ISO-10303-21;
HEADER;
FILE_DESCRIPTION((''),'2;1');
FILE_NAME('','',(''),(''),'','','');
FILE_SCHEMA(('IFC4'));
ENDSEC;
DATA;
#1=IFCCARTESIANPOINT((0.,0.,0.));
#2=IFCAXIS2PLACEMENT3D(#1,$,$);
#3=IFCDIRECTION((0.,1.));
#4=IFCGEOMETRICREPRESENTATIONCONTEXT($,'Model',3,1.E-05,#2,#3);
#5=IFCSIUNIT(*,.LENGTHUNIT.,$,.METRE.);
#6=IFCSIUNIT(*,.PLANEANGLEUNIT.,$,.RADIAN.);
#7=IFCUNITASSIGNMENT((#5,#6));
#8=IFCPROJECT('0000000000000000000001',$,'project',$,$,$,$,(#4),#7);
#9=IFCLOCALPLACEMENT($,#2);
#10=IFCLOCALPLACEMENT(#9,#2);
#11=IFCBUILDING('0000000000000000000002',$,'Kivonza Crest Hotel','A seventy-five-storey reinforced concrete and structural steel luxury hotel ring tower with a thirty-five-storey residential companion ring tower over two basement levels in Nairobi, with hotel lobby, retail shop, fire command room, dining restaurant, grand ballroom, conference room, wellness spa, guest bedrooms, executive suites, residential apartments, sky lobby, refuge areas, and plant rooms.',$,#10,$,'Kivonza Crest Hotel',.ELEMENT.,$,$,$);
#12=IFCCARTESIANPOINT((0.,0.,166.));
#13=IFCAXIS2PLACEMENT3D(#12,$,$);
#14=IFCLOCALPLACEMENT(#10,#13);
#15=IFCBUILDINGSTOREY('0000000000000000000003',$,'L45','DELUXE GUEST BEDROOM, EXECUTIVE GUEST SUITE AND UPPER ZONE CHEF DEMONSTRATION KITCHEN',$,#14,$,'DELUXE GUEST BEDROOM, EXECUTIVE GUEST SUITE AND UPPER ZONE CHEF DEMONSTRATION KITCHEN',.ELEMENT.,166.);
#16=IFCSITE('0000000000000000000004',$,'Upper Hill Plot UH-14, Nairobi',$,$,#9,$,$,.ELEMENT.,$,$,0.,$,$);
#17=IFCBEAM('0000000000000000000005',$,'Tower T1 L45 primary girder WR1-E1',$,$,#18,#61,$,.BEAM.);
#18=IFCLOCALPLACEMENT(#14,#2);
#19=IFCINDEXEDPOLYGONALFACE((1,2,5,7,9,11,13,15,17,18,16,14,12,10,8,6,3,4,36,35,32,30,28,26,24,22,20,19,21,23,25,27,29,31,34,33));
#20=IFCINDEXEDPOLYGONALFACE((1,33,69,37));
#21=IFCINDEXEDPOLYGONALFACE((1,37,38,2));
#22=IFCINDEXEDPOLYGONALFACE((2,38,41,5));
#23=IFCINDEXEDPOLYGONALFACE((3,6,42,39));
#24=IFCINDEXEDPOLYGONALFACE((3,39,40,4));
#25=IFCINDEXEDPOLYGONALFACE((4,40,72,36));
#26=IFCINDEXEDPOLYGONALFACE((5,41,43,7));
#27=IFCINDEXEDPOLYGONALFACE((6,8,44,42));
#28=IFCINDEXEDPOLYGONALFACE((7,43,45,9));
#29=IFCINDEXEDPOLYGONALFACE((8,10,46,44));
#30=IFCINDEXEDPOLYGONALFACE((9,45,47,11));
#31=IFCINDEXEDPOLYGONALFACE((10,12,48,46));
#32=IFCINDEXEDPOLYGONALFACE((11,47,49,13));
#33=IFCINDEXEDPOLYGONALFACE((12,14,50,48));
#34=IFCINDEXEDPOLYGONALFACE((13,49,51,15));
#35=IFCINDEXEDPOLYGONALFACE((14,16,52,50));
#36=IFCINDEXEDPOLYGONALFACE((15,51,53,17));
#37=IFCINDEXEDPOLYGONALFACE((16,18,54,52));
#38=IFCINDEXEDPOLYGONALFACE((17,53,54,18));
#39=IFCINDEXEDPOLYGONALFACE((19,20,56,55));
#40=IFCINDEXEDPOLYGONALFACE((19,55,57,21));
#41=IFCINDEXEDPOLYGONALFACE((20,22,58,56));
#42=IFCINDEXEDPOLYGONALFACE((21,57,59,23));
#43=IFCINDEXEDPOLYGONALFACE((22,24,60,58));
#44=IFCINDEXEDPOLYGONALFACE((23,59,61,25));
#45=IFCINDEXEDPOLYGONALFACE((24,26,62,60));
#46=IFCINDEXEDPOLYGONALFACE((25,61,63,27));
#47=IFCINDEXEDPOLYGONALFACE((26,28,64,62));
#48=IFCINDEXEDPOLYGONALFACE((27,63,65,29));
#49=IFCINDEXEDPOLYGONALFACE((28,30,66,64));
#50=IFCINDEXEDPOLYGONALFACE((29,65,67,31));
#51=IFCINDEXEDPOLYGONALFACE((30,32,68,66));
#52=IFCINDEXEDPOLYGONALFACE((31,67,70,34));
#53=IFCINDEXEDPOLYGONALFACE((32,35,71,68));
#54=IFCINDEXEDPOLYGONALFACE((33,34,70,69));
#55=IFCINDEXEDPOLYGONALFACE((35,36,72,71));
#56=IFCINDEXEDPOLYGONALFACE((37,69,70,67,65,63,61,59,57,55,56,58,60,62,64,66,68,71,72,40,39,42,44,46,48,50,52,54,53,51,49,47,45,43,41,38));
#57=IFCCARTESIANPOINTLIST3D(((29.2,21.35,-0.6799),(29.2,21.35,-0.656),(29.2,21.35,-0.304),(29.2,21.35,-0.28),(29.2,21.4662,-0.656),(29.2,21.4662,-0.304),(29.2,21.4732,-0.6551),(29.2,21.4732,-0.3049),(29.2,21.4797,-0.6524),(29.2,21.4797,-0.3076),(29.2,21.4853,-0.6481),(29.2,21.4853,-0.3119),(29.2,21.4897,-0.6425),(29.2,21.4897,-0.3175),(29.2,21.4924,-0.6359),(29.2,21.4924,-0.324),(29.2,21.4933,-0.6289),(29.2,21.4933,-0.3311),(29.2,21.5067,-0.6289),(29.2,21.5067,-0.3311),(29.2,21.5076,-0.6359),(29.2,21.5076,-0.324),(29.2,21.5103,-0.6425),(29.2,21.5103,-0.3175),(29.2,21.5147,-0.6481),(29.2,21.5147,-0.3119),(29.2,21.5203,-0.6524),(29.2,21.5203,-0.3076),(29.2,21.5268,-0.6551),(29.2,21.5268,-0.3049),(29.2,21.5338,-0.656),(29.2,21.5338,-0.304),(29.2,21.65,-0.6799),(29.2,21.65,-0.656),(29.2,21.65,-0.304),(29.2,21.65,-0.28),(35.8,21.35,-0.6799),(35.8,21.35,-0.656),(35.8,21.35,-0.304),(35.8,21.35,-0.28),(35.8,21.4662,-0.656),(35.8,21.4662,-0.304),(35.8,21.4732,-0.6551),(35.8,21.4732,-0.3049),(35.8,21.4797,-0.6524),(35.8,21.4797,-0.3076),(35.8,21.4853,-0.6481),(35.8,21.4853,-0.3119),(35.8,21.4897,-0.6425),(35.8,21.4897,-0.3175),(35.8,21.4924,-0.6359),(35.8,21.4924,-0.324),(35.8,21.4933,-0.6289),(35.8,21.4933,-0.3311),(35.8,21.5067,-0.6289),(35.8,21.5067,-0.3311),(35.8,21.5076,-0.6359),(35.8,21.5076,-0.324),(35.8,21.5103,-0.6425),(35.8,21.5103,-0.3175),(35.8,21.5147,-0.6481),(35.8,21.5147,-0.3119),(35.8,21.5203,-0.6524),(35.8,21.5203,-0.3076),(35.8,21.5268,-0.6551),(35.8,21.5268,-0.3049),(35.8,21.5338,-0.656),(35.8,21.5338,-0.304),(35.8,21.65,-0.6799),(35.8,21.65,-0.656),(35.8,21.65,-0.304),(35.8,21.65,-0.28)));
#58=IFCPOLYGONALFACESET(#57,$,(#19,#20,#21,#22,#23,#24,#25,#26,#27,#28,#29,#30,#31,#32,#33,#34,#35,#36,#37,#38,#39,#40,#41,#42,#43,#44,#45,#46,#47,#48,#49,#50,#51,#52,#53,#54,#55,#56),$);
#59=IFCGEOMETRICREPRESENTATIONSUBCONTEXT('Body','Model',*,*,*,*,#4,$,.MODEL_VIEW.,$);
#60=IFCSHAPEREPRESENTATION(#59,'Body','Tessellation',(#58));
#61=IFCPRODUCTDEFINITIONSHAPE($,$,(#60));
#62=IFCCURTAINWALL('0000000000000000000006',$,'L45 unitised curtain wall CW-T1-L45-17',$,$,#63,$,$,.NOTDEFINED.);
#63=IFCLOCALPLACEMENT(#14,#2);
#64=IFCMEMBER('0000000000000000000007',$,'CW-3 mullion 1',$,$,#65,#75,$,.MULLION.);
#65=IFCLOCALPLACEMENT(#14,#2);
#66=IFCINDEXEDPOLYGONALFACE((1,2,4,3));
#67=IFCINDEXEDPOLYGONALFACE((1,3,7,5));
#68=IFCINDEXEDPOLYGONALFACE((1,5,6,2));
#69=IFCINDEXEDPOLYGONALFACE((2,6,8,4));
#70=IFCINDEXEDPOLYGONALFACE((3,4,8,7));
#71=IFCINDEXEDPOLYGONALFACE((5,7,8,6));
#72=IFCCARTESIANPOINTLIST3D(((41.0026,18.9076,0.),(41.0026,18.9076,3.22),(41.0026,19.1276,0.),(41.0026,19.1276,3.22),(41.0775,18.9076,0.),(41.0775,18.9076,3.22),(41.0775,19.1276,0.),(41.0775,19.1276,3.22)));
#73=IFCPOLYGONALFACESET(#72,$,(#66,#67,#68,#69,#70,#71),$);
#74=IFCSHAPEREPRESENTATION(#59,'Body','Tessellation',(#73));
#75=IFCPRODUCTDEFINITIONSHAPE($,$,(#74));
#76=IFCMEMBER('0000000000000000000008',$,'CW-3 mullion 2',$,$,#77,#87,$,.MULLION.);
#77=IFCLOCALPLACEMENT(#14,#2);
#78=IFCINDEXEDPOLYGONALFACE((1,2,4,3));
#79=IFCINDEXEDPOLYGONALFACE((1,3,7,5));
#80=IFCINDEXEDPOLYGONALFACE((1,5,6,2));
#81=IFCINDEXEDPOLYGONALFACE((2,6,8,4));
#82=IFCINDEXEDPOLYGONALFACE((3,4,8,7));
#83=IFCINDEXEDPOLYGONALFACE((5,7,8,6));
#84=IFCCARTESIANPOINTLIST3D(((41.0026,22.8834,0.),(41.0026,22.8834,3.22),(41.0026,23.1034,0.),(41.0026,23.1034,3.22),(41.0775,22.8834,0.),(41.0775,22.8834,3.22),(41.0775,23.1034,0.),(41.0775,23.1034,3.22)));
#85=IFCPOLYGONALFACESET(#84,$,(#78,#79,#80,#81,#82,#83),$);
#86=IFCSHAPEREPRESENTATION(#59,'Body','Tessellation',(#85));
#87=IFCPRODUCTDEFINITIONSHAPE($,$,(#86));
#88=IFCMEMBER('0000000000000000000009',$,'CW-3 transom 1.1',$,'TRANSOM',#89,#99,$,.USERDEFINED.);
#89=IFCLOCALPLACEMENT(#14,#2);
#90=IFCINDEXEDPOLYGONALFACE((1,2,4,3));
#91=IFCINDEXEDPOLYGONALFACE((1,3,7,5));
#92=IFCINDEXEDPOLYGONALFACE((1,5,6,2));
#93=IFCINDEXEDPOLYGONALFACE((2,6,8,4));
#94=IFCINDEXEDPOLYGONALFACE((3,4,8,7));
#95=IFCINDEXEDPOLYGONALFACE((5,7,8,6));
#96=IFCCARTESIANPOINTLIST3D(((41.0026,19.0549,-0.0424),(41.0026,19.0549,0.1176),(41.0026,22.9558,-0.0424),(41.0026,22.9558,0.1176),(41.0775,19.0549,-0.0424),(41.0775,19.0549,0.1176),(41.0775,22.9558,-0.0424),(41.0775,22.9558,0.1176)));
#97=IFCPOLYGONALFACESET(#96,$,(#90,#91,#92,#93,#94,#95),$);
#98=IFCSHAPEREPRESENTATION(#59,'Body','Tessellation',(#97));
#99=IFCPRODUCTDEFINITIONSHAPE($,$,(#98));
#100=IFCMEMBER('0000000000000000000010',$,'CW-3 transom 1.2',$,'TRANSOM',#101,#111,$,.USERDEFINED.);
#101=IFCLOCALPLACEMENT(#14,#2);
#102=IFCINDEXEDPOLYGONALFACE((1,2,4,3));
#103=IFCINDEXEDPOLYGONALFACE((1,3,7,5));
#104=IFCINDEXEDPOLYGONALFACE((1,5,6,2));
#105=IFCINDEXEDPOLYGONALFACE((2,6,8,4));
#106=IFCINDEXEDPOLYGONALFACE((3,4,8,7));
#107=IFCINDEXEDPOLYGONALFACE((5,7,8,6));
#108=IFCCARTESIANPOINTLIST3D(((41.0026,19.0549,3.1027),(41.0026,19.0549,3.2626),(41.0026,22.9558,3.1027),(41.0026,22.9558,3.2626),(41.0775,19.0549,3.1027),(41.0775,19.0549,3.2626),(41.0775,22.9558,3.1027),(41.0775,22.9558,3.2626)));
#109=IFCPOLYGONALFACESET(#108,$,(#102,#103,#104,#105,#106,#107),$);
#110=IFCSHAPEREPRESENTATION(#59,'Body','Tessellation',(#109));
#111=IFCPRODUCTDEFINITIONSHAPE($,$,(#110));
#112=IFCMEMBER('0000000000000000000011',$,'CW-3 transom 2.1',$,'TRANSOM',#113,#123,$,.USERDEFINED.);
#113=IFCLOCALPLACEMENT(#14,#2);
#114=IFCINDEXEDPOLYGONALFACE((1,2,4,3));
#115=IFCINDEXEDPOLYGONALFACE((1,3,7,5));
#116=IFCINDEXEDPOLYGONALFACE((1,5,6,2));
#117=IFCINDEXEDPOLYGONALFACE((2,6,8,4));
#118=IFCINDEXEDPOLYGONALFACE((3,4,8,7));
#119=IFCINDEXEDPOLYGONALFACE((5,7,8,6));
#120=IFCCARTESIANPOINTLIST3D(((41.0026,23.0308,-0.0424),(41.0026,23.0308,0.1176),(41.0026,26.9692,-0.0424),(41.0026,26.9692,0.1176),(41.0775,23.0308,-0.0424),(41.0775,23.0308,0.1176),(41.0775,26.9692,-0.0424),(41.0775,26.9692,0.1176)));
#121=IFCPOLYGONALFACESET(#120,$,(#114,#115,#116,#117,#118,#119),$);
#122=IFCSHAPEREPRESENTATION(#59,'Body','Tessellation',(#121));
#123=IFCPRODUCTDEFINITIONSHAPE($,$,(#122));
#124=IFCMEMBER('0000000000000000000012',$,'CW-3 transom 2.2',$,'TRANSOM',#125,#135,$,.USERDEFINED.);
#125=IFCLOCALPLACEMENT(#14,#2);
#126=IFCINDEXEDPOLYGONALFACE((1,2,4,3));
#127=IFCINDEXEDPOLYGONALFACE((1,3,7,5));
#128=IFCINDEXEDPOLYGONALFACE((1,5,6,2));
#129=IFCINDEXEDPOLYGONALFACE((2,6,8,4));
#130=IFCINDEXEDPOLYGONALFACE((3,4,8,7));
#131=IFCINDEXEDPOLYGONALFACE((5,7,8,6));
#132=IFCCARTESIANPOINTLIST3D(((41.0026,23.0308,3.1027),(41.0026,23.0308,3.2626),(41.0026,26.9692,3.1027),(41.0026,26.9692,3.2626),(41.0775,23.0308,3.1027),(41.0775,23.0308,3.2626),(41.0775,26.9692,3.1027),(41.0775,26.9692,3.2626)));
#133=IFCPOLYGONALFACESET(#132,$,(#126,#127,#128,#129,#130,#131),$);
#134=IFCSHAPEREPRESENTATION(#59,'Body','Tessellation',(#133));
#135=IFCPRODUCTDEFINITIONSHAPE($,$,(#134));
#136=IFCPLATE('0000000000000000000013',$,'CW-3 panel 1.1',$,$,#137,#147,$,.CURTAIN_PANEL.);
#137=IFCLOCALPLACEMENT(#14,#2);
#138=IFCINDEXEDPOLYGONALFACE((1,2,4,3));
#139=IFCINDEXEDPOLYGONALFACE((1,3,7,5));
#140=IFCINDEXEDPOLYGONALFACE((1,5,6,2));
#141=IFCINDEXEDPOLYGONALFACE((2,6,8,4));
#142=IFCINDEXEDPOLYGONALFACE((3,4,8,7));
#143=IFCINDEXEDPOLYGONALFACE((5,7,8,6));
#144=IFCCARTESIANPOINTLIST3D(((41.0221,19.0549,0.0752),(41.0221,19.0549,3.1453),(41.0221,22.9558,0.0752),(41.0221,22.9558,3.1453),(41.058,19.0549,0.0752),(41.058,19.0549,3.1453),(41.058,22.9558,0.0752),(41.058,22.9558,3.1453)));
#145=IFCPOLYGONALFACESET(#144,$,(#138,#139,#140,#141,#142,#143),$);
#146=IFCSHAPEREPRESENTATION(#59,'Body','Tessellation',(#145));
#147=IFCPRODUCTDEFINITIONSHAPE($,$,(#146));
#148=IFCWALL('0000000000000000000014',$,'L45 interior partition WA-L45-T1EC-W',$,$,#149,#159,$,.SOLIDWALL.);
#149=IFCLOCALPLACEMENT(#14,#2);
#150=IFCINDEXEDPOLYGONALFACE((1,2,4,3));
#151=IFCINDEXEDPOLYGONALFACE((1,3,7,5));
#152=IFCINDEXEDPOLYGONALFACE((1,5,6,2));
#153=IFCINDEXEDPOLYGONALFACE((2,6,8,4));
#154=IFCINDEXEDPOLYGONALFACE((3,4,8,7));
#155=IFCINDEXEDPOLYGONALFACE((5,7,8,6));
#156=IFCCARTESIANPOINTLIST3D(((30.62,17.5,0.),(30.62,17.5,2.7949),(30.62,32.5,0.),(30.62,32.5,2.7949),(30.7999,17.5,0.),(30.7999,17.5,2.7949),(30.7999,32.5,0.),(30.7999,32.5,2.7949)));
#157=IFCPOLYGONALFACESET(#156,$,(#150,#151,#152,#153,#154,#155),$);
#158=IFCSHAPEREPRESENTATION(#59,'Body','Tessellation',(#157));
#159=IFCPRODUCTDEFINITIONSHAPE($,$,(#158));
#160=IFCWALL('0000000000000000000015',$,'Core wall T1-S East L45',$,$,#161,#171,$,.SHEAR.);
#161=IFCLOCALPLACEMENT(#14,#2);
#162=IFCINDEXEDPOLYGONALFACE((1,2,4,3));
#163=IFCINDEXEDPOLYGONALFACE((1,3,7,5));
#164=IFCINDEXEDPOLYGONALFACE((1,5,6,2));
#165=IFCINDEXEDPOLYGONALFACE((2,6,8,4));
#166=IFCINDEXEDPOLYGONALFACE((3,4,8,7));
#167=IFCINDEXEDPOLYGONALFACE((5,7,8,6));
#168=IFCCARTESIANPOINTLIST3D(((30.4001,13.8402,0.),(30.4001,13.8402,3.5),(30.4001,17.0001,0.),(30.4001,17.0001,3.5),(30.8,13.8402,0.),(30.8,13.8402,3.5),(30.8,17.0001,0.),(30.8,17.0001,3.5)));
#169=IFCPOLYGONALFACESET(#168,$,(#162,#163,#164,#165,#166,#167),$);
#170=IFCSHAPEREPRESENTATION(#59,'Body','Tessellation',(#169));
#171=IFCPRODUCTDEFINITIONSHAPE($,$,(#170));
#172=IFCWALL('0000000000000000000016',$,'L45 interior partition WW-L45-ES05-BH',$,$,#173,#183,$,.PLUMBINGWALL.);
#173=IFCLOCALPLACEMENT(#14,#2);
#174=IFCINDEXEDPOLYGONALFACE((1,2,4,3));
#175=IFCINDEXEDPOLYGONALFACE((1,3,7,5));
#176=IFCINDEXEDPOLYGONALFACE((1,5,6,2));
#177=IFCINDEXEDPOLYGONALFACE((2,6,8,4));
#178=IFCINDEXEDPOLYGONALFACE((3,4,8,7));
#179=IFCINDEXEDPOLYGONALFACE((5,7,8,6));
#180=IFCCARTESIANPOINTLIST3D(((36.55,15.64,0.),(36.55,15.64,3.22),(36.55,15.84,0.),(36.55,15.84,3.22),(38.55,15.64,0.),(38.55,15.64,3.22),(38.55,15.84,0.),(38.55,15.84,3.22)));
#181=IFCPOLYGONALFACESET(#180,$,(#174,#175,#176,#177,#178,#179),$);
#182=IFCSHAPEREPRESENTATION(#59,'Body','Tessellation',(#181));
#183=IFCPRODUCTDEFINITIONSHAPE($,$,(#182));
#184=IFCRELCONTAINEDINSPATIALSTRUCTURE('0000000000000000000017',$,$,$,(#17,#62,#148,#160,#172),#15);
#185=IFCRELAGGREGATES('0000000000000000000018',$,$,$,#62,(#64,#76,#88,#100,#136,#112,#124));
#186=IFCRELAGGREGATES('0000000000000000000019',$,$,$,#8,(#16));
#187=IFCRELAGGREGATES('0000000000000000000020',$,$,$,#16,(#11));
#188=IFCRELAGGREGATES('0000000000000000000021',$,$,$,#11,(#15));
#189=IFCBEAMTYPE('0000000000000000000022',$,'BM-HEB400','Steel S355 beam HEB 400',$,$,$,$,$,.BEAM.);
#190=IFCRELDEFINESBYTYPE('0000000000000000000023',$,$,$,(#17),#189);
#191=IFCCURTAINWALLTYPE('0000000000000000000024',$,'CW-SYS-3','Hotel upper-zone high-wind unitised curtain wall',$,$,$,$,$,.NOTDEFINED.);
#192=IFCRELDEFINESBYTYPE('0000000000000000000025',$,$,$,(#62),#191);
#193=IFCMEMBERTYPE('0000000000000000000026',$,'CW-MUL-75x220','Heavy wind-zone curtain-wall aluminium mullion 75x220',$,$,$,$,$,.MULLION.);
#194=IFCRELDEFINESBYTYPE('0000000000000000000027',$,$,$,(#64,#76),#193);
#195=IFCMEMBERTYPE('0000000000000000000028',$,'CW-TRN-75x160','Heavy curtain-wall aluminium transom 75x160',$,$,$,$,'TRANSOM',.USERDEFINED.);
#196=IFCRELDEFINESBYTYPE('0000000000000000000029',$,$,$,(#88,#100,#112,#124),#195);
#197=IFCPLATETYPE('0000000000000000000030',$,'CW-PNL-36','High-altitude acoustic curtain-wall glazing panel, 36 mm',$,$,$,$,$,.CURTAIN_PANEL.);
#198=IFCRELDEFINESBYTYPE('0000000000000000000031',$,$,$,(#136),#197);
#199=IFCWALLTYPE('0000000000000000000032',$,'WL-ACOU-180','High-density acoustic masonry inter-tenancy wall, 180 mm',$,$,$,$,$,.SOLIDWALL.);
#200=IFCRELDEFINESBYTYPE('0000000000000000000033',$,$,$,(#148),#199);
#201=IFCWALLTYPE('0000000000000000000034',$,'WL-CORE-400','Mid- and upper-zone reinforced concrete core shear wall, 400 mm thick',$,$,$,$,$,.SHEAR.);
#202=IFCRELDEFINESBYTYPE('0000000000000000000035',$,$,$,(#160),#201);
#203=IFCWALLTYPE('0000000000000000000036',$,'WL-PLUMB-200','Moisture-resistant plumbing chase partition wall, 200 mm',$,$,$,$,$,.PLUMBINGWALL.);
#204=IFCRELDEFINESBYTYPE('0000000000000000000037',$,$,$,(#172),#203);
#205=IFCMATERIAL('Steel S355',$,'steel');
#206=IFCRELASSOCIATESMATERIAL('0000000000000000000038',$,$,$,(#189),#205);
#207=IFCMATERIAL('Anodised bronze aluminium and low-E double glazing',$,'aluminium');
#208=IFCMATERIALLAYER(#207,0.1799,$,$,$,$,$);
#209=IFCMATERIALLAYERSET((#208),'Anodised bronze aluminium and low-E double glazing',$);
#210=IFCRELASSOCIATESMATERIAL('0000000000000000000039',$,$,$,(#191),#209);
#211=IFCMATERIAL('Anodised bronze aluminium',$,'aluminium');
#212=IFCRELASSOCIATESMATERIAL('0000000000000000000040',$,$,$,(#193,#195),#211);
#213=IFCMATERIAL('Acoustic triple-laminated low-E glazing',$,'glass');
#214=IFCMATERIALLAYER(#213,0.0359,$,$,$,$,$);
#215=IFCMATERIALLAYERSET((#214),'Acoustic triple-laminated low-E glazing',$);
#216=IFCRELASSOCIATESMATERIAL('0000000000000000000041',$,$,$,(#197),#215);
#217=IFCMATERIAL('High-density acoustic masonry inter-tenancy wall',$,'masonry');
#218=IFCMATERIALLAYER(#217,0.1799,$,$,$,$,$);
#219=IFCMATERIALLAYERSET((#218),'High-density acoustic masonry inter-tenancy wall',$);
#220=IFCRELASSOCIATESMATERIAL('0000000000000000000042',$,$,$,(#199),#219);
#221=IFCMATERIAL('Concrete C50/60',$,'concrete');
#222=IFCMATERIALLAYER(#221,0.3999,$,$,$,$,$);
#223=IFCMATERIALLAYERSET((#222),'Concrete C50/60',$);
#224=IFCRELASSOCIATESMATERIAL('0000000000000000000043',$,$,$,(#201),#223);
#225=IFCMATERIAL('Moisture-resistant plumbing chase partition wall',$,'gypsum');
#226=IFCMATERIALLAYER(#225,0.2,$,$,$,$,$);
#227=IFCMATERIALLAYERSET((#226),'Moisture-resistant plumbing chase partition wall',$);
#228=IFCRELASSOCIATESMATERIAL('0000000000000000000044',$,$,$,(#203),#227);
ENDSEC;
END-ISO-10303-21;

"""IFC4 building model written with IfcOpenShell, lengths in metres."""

from ifc_helpers import new_model, si_unit, direction, frame, frame_2d, origin, origin_2d, place, context, subcontext, project, spatial, rectangle, i_section, extrude, material, layer, layer_set, material_profile, profile_set, type_object, element, aggregate, save


model = new_model("IFC4")

# Units and contexts
model_context = context("Model", 3, precision=1e-05, world=origin(), true_north=direction((0.0, 1.0)))
body_context = subcontext(model_context, "Body", "Model", "MODEL_VIEW")
ifc_project = project(units=[si_unit("LENGTHUNIT", "METRE"), si_unit("PLANEANGLEUNIT", "RADIAN")], contexts=[model_context])

# Site, building, storey
site_placement = place(None, origin())
site = spatial("IfcSite", under=ifc_project, at=site_placement, Name="Upper Hill Plot UH-14, Nairobi", CompositionType="ELEMENT", RefElevation=0.0)
building_placement = place(site_placement, origin())
building = spatial("IfcBuilding", under=site, at=building_placement, Name="Kivonza Crest Hotel", Description="A seventy-five-storey reinforced concrete and structural steel luxury hotel ring tower with a thirty-five-storey residential companion ring tower over two basement levels in Nairobi, with hotel lobby, retail shop, fire command room, dining restaurant, grand ballroom, conference room, wellness spa, guest bedrooms, executive suites, residential apartments, sky lobby, refuge areas, and plant rooms.", LongName="Kivonza Crest Hotel", CompositionType="ELEMENT")
storey_placement = place(building_placement, frame((0.0, 0.0, 166.0)))
storey = spatial("IfcBuildingStorey", under=building, at=storey_placement, Name="L45", Description="DELUXE GUEST BEDROOM, EXECUTIVE GUEST SUITE AND UPPER ZONE CHEF DEMONSTRATION KITCHEN", LongName="DELUXE GUEST BEDROOM, EXECUTIVE GUEST SUITE AND UPPER ZONE CHEF DEMONSTRATION KITCHEN", CompositionType="ELEMENT", Elevation=166.0)

# Shared definitions
ifc_material_1 = material(Name="Concrete C50/60", Category="concrete")

# Beam
ifc_material_2 = material(Name="Steel S355", Category="steel")
ifc_material_profile_1 = material_profile(ifc_material_2, i_section(OverallWidth=0.3, OverallDepth=0.3999, WebThickness=0.0134, FlangeThickness=0.0239, FilletRadius=0.0271, at=origin_2d()), Name="HEB 400")
ifc_profile_set_1 = profile_set([ifc_material_profile_1], Name="Steel S355")
beam_type_1 = type_object("IfcBeamType", Name="BM-HEB400", Description="Steel S355 beam HEB 400", PredefinedType="BEAM", material=ifc_profile_set_1)
beam_1_placement = place(storey_placement, frame((29.2, 21.5, -0.48), z_axis=(1.0, 0.0, 0.0), x_axis=(0.0, 1.0, 0.0)))
element("IfcBeam", 1, at=beam_1_placement, inside=storey, type_object=beam_type_1, Name="Tower T1 L45 primary girder WR1-E1", PredefinedType="BEAM", context=body_context, shape_type="SweptSolid", body=[
    extrude(i_section(OverallWidth=0.3, OverallDepth=0.3999, WebThickness=0.0134, FlangeThickness=0.0239, FilletRadius=0.0271, at=origin_2d()), origin(), (0.0, 0.0, 1.0), 6.6001),
])

# Curtain wall, members, plate
ifc_material_3 = material(Name="Anodised bronze aluminium and low-E double glazing", Category="aluminium")
ifc_layer_1 = layer(ifc_material_3, 0.1799)
ifc_layer_set_1 = layer_set([ifc_layer_1], Name="Anodised bronze aluminium and low-E double glazing")
curtain_wall_type = type_object("IfcCurtainWallType", Name="CW-SYS-3", Description="Hotel upper-zone high-wind unitised curtain wall", PredefinedType="NOTDEFINED", material=ifc_layer_set_1)
curtain_wall_placement = place(storey_placement, origin())
curtain_wall = element("IfcCurtainWall", 2, at=curtain_wall_placement, inside=storey, type_object=curtain_wall_type, Name="L45 unitised curtain wall CW-T1-L45-17", PredefinedType="NOTDEFINED")
ifc_material_4 = material(Name="Anodised bronze aluminium", Category="aluminium")
ifc_material_profile_2 = material_profile(ifc_material_4, rectangle(XDim=0.075, YDim=0.22, at=origin_2d()), Name="CW-M 75x220")
ifc_profile_set_2 = profile_set([ifc_material_profile_2], Name="Anodised bronze aluminium")
member_type_1 = type_object("IfcMemberType", Name="CW-MUL-75x220", Description="Heavy wind-zone curtain-wall aluminium mullion 75x220", PredefinedType="MULLION", material=ifc_profile_set_2)
member_1_placement = place(storey_placement, frame((41.04, 19.0176, 0.0), z_axis=(0.0, 0.0, 1.0), x_axis=(-1.0, 0.0, 0.0)))
member_1 = element("IfcMember", 3, at=member_1_placement, type_object=member_type_1, Name="CW-3 mullion 1", PredefinedType="MULLION", context=body_context, shape_type="SweptSolid", body=[
    extrude(rectangle(XDim=0.075, YDim=0.22, at=origin_2d()), origin(), (0.0, 0.0, 1.0), 3.22),
])
member_2_placement = place(storey_placement, frame((41.04, 22.9934, 0.0), z_axis=(0.0, 0.0, 1.0), x_axis=(-1.0, 0.0, 0.0)))
member_2 = element("IfcMember", 4, at=member_2_placement, type_object=member_type_1, Name="CW-3 mullion 2", PredefinedType="MULLION", context=body_context, shape_type="SweptSolid", body=[
    extrude(rectangle(XDim=0.075, YDim=0.22, at=origin_2d()), origin(), (0.0, 0.0, 1.0), 3.22),
])
ifc_material_profile_3 = material_profile(ifc_material_4, rectangle(XDim=0.075, YDim=0.1599, at=origin_2d()), Name="CW-T 75x160")
ifc_profile_set_3 = profile_set([ifc_material_profile_3], Name="Anodised bronze aluminium")
member_type_2 = type_object("IfcMemberType", Name="CW-TRN-75x160", Description="Heavy curtain-wall aluminium transom 75x160", ElementType="TRANSOM", PredefinedType="USERDEFINED", material=ifc_profile_set_3)
member_3_placement = place(storey_placement, frame((41.04, 19.0549, 0.0376), z_axis=(0.0, 1.0, 0.0), x_axis=(-1.0, 0.0, 0.0)))
member_3 = element("IfcMember", 5, at=member_3_placement, type_object=member_type_2, Name="CW-3 transom 1.1", ObjectType="TRANSOM", PredefinedType="USERDEFINED", context=body_context, shape_type="SweptSolid", body=[
    extrude(rectangle(XDim=0.075, YDim=0.1599, at=origin_2d()), origin(), (0.0, 0.0, 1.0), 3.9009),
])
member_4_placement = place(storey_placement, frame((41.04, 19.0549, 3.1826), z_axis=(0.0, 1.0, 0.0), x_axis=(-1.0, 0.0, 0.0)))
member_4 = element("IfcMember", 6, at=member_4_placement, type_object=member_type_2, Name="CW-3 transom 1.2", ObjectType="TRANSOM", PredefinedType="USERDEFINED", context=body_context, shape_type="SweptSolid", body=[
    extrude(rectangle(XDim=0.075, YDim=0.1599, at=origin_2d()), origin(), (0.0, 0.0, 1.0), 3.9009),
])
member_5_placement = place(storey_placement, frame((41.04, 23.0308, 0.0376), z_axis=(0.0, 1.0, 0.0), x_axis=(-1.0, 0.0, 0.0)))
member_5 = element("IfcMember", 7, at=member_5_placement, type_object=member_type_2, Name="CW-3 transom 2.1", ObjectType="TRANSOM", PredefinedType="USERDEFINED", context=body_context, shape_type="SweptSolid", body=[
    extrude(rectangle(XDim=0.075, YDim=0.1599, at=origin_2d()), origin(), (0.0, 0.0, 1.0), 3.9385),
])
member_6_placement = place(storey_placement, frame((41.04, 23.0308, 3.1826), z_axis=(0.0, 1.0, 0.0), x_axis=(-1.0, 0.0, 0.0)))
member_6 = element("IfcMember", 8, at=member_6_placement, type_object=member_type_2, Name="CW-3 transom 2.2", ObjectType="TRANSOM", PredefinedType="USERDEFINED", context=body_context, shape_type="SweptSolid", body=[
    extrude(rectangle(XDim=0.075, YDim=0.1599, at=origin_2d()), origin(), (0.0, 0.0, 1.0), 3.9385),
])
ifc_material_5 = material(Name="Acoustic triple-laminated low-E glazing", Category="glass")
ifc_layer_2 = layer(ifc_material_5, 0.0359)
ifc_layer_set_2 = layer_set([ifc_layer_2], Name="Acoustic triple-laminated low-E glazing")
plate_type = type_object("IfcPlateType", Name="CW-PNL-36", Description="High-altitude acoustic curtain-wall glazing panel, 36 mm", PredefinedType="CURTAIN_PANEL", material=ifc_layer_set_2)
plate_placement = place(storey_placement, frame((41.04, 21.0054, 0.0752), z_axis=(0.0, 0.0, 1.0), x_axis=(0.0, 1.0, 0.0)))
plate = element("IfcPlate", 9, at=plate_placement, type_object=plate_type, Name="CW-3 panel 1.1", PredefinedType="CURTAIN_PANEL", context=body_context, shape_type="SweptSolid", body=[
    extrude(rectangle(XDim=3.9009, YDim=0.0359, at=origin_2d()), origin(), (0.0, 0.0, 1.0), 3.0701),
])
aggregate(curtain_wall, [member_1, member_2, member_3, member_4, plate, member_5, member_6])

# Walls
ifc_material_6 = material(Name="High-density acoustic masonry inter-tenancy wall", Category="masonry")
ifc_layer_3 = layer(ifc_material_6, 0.1799)
ifc_layer_set_3 = layer_set([ifc_layer_3], Name="High-density acoustic masonry inter-tenancy wall")
wall_type_1 = type_object("IfcWallType", Name="WL-ACOU-180", Description="High-density acoustic masonry inter-tenancy wall, 180 mm", PredefinedType="SOLIDWALL", material=ifc_layer_set_3)
wall_1_placement = place(storey_placement, frame((30.71, 17.5, 0.0), z_axis=(0.0, 0.0, 1.0), x_axis=(0.0, 1.0, 0.0)))
element("IfcWall", 10, at=wall_1_placement, inside=storey, type_object=wall_type_1, Name="L45 interior partition WA-L45-T1EC-W", PredefinedType="SOLIDWALL", context=body_context, shape_type="SweptSolid", body=[
    extrude(rectangle(XDim=15.0, YDim=0.1799, at=frame_2d((7.5, 0.0))), origin(), (0.0, 0.0, 1.0), 2.7949),
])
ifc_layer_4 = layer(ifc_material_1, 0.3999)
ifc_layer_set_4 = layer_set([ifc_layer_4], Name="Concrete C50/60")
wall_type_2 = type_object("IfcWallType", Name="WL-CORE-400", Description="Mid- and upper-zone reinforced concrete core shear wall, 400 mm thick", PredefinedType="SHEAR", material=ifc_layer_set_4)
wall_2_placement = place(storey_placement, frame((30.6001, 13.8401, 0.0), z_axis=(0.0, 0.0, 1.0), x_axis=(0.0, 1.0, 0.0)))
element("IfcWall", 11, at=wall_2_placement, inside=storey, type_object=wall_type_2, Name="Core wall T1-S East L45", PredefinedType="SHEAR", context=body_context, shape_type="SweptSolid", body=[
    extrude(rectangle(XDim=3.1599, YDim=0.3999, at=frame_2d((1.5801, 0.0))), origin(), (0.0, 0.0, 1.0), 3.5),
])
ifc_material_7 = material(Name="Moisture-resistant plumbing chase partition wall", Category="gypsum")
ifc_layer_5 = layer(ifc_material_7, 0.2)
ifc_layer_set_5 = layer_set([ifc_layer_5], Name="Moisture-resistant plumbing chase partition wall")
wall_type_3 = type_object("IfcWallType", Name="WL-PLUMB-200", Description="Moisture-resistant plumbing chase partition wall, 200 mm", PredefinedType="PLUMBINGWALL", material=ifc_layer_set_5)
wall_3_placement = place(storey_placement, frame((36.55, 15.74, 0.0), z_axis=(0.0, 0.0, 1.0), x_axis=(1.0, 0.0, 0.0)))
element("IfcWall", 12, at=wall_3_placement, inside=storey, type_object=wall_type_3, Name="L45 interior partition WW-L45-ES05-BH", PredefinedType="PLUMBINGWALL", context=body_context, shape_type="SweptSolid", body=[
    extrude(rectangle(XDim=2.0, YDim=0.2, at=frame_2d((1.0, 0.0))), origin(), (0.0, 0.0, 1.0), 3.22),
])

save(model, "model.ifc")
